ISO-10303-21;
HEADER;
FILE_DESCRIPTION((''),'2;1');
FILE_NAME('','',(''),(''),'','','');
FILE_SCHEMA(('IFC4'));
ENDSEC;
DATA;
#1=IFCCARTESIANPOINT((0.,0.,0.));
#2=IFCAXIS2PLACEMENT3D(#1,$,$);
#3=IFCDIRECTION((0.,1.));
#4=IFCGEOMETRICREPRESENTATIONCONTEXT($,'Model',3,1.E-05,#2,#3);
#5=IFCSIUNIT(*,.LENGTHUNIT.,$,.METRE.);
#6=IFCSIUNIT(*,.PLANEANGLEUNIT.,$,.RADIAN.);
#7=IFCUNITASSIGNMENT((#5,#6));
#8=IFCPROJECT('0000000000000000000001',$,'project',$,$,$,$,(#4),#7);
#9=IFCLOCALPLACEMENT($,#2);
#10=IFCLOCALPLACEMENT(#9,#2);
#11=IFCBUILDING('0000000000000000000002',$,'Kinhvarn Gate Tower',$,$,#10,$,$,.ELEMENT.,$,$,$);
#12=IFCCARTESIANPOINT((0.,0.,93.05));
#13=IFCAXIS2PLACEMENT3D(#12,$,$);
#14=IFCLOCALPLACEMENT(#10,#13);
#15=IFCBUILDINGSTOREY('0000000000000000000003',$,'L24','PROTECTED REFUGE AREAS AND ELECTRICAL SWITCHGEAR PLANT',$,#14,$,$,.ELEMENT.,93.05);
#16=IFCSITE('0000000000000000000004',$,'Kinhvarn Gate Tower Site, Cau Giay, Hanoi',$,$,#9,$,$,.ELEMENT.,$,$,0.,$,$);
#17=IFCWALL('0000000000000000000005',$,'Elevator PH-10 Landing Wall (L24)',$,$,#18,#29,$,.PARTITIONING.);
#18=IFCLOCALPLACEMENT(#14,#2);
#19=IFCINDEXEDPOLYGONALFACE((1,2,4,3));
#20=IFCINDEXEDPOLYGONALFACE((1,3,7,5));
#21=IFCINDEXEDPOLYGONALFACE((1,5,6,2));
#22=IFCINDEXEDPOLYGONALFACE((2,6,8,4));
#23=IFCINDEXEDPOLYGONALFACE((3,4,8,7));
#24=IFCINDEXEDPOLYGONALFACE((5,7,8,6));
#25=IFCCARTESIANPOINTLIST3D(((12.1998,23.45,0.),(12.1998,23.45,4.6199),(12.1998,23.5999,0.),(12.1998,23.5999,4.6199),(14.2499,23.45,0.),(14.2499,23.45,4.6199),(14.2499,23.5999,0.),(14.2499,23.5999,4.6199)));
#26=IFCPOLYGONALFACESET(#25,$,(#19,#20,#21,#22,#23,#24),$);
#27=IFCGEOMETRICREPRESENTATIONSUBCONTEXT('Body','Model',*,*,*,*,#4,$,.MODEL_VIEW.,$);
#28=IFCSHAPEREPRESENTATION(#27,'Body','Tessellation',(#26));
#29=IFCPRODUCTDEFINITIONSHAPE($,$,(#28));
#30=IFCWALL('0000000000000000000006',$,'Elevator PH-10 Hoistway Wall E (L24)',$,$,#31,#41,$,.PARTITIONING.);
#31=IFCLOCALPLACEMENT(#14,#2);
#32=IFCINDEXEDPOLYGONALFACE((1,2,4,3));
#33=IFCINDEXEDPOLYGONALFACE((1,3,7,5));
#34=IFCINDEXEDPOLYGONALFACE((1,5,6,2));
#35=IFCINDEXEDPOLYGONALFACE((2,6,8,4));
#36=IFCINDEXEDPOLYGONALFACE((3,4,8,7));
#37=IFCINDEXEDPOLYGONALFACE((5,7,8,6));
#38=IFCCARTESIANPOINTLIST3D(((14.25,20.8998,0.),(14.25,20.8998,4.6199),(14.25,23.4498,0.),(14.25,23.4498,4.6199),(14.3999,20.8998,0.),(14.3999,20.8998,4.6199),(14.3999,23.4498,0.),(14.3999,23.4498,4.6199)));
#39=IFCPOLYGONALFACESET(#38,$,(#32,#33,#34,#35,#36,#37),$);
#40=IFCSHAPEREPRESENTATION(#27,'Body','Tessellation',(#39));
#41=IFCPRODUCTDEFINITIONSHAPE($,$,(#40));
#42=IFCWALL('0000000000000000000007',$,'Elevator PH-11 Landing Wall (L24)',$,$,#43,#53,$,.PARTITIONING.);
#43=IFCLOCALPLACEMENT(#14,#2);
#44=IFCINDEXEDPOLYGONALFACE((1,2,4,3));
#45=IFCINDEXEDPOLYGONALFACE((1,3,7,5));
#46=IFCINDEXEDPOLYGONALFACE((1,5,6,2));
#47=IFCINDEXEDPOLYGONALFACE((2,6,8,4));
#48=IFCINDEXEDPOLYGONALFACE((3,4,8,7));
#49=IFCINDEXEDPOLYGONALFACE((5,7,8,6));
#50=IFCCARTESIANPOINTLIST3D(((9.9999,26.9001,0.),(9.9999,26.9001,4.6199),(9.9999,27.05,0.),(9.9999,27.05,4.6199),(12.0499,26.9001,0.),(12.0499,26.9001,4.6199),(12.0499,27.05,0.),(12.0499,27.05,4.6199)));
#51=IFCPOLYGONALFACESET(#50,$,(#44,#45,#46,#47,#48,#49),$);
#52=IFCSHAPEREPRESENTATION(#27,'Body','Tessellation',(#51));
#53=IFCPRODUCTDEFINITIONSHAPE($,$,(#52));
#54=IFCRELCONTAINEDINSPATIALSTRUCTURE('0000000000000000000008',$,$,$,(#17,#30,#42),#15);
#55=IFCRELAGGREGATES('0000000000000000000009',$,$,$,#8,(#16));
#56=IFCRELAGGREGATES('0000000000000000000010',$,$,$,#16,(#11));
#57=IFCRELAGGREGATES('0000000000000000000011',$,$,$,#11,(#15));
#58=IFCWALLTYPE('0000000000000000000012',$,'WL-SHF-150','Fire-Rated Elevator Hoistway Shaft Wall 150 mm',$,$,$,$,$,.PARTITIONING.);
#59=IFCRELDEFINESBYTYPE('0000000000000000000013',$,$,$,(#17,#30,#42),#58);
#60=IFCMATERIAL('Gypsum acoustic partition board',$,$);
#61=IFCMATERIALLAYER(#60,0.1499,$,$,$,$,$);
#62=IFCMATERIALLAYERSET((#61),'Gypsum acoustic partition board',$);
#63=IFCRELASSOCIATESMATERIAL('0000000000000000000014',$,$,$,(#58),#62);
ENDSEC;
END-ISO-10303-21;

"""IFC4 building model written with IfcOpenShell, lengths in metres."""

from ifc_helpers import new_model, si_unit, direction, frame, frame_2d, origin, place, context, subcontext, project, spatial, rectangle, extrude, material, layer, layer_set, type_object, element, save


model = new_model("IFC4")

# Units and contexts
model_context = context("Model", 3, precision=1e-05, world=origin(), true_north=direction((0.0, 1.0)))
body_context = subcontext(model_context, "Body", "Model", "MODEL_VIEW")
ifc_project = project(units=[si_unit("LENGTHUNIT", "METRE"), si_unit("PLANEANGLEUNIT", "RADIAN")], contexts=[model_context])

# Site, building, storey
site_placement = place(None, origin())
site = spatial("IfcSite", under=ifc_project, at=site_placement, Name="Kinhvarn Gate Tower Site, Cau Giay, Hanoi", CompositionType="ELEMENT", RefElevation=0.0)
building_placement = place(site_placement, origin())
building = spatial("IfcBuilding", under=site, at=building_placement, Name="Kinhvarn Gate Tower", CompositionType="ELEMENT")
storey_placement = place(building_placement, frame((0.0, 0.0, 93.05)))
storey = spatial("IfcBuildingStorey", under=building, at=storey_placement, Name="L24", Description="PROTECTED REFUGE AREAS AND ELECTRICAL SWITCHGEAR PLANT", CompositionType="ELEMENT", Elevation=93.05)

# Shared definitions
ifc_material_1 = material(Name="Gypsum acoustic partition board")

# Walls
ifc_layer_1 = layer(ifc_material_1, 0.1499)
ifc_layer_set_1 = layer_set([ifc_layer_1], Name="Gypsum acoustic partition board")
wall_type_1 = type_object("IfcWallType", Name="WL-SHF-150", Description="Fire-Rated Elevator Hoistway Shaft Wall 150 mm", PredefinedType="PARTITIONING", material=ifc_layer_set_1)
wall_1_placement = place(storey_placement, frame((12.2, 23.5249, 0.0), z_axis=(0.0, 0.0, 1.0), x_axis=(1.0, 0.0, 0.0)))
element("IfcWall", 1, at=wall_1_placement, inside=storey, type_object=wall_type_1, Name="Elevator PH-10 Landing Wall (L24)", PredefinedType="PARTITIONING", context=body_context, shape_type="SweptSolid", body=[
    extrude(rectangle(XDim=2.05, YDim=0.1499, at=frame_2d((1.0249, 0.0))), origin(), (0.0, 0.0, 1.0), 4.6199),
])
wall_2_placement = place(storey_placement, frame((14.325, 20.8999, 0.0), z_axis=(0.0, 0.0, 1.0), x_axis=(0.0, 1.0, 0.0)))
element("IfcWall", 2, at=wall_2_placement, inside=storey, type_object=wall_type_1, Name="Elevator PH-10 Hoistway Wall E (L24)", PredefinedType="PARTITIONING", context=body_context, shape_type="SweptSolid", body=[
    extrude(rectangle(XDim=2.55, YDim=0.1499, at=frame_2d((1.2749, 0.0))), origin(), (0.0, 0.0, 1.0), 4.6199),
])
wall_3_placement = place(storey_placement, frame((10.0, 26.9751, 0.0), z_axis=(0.0, 0.0, 1.0), x_axis=(1.0, 0.0, 0.0)))
element("IfcWall", 3, at=wall_3_placement, inside=storey, type_object=wall_type_1, Name="Elevator PH-11 Landing Wall (L24)", PredefinedType="PARTITIONING", context=body_context, shape_type="SweptSolid", body=[
    extrude(rectangle(XDim=2.05, YDim=0.1499, at=frame_2d((1.0249, 0.0))), origin(), (0.0, 0.0, 1.0), 4.6199),
])

save(model, "model.ifc")
